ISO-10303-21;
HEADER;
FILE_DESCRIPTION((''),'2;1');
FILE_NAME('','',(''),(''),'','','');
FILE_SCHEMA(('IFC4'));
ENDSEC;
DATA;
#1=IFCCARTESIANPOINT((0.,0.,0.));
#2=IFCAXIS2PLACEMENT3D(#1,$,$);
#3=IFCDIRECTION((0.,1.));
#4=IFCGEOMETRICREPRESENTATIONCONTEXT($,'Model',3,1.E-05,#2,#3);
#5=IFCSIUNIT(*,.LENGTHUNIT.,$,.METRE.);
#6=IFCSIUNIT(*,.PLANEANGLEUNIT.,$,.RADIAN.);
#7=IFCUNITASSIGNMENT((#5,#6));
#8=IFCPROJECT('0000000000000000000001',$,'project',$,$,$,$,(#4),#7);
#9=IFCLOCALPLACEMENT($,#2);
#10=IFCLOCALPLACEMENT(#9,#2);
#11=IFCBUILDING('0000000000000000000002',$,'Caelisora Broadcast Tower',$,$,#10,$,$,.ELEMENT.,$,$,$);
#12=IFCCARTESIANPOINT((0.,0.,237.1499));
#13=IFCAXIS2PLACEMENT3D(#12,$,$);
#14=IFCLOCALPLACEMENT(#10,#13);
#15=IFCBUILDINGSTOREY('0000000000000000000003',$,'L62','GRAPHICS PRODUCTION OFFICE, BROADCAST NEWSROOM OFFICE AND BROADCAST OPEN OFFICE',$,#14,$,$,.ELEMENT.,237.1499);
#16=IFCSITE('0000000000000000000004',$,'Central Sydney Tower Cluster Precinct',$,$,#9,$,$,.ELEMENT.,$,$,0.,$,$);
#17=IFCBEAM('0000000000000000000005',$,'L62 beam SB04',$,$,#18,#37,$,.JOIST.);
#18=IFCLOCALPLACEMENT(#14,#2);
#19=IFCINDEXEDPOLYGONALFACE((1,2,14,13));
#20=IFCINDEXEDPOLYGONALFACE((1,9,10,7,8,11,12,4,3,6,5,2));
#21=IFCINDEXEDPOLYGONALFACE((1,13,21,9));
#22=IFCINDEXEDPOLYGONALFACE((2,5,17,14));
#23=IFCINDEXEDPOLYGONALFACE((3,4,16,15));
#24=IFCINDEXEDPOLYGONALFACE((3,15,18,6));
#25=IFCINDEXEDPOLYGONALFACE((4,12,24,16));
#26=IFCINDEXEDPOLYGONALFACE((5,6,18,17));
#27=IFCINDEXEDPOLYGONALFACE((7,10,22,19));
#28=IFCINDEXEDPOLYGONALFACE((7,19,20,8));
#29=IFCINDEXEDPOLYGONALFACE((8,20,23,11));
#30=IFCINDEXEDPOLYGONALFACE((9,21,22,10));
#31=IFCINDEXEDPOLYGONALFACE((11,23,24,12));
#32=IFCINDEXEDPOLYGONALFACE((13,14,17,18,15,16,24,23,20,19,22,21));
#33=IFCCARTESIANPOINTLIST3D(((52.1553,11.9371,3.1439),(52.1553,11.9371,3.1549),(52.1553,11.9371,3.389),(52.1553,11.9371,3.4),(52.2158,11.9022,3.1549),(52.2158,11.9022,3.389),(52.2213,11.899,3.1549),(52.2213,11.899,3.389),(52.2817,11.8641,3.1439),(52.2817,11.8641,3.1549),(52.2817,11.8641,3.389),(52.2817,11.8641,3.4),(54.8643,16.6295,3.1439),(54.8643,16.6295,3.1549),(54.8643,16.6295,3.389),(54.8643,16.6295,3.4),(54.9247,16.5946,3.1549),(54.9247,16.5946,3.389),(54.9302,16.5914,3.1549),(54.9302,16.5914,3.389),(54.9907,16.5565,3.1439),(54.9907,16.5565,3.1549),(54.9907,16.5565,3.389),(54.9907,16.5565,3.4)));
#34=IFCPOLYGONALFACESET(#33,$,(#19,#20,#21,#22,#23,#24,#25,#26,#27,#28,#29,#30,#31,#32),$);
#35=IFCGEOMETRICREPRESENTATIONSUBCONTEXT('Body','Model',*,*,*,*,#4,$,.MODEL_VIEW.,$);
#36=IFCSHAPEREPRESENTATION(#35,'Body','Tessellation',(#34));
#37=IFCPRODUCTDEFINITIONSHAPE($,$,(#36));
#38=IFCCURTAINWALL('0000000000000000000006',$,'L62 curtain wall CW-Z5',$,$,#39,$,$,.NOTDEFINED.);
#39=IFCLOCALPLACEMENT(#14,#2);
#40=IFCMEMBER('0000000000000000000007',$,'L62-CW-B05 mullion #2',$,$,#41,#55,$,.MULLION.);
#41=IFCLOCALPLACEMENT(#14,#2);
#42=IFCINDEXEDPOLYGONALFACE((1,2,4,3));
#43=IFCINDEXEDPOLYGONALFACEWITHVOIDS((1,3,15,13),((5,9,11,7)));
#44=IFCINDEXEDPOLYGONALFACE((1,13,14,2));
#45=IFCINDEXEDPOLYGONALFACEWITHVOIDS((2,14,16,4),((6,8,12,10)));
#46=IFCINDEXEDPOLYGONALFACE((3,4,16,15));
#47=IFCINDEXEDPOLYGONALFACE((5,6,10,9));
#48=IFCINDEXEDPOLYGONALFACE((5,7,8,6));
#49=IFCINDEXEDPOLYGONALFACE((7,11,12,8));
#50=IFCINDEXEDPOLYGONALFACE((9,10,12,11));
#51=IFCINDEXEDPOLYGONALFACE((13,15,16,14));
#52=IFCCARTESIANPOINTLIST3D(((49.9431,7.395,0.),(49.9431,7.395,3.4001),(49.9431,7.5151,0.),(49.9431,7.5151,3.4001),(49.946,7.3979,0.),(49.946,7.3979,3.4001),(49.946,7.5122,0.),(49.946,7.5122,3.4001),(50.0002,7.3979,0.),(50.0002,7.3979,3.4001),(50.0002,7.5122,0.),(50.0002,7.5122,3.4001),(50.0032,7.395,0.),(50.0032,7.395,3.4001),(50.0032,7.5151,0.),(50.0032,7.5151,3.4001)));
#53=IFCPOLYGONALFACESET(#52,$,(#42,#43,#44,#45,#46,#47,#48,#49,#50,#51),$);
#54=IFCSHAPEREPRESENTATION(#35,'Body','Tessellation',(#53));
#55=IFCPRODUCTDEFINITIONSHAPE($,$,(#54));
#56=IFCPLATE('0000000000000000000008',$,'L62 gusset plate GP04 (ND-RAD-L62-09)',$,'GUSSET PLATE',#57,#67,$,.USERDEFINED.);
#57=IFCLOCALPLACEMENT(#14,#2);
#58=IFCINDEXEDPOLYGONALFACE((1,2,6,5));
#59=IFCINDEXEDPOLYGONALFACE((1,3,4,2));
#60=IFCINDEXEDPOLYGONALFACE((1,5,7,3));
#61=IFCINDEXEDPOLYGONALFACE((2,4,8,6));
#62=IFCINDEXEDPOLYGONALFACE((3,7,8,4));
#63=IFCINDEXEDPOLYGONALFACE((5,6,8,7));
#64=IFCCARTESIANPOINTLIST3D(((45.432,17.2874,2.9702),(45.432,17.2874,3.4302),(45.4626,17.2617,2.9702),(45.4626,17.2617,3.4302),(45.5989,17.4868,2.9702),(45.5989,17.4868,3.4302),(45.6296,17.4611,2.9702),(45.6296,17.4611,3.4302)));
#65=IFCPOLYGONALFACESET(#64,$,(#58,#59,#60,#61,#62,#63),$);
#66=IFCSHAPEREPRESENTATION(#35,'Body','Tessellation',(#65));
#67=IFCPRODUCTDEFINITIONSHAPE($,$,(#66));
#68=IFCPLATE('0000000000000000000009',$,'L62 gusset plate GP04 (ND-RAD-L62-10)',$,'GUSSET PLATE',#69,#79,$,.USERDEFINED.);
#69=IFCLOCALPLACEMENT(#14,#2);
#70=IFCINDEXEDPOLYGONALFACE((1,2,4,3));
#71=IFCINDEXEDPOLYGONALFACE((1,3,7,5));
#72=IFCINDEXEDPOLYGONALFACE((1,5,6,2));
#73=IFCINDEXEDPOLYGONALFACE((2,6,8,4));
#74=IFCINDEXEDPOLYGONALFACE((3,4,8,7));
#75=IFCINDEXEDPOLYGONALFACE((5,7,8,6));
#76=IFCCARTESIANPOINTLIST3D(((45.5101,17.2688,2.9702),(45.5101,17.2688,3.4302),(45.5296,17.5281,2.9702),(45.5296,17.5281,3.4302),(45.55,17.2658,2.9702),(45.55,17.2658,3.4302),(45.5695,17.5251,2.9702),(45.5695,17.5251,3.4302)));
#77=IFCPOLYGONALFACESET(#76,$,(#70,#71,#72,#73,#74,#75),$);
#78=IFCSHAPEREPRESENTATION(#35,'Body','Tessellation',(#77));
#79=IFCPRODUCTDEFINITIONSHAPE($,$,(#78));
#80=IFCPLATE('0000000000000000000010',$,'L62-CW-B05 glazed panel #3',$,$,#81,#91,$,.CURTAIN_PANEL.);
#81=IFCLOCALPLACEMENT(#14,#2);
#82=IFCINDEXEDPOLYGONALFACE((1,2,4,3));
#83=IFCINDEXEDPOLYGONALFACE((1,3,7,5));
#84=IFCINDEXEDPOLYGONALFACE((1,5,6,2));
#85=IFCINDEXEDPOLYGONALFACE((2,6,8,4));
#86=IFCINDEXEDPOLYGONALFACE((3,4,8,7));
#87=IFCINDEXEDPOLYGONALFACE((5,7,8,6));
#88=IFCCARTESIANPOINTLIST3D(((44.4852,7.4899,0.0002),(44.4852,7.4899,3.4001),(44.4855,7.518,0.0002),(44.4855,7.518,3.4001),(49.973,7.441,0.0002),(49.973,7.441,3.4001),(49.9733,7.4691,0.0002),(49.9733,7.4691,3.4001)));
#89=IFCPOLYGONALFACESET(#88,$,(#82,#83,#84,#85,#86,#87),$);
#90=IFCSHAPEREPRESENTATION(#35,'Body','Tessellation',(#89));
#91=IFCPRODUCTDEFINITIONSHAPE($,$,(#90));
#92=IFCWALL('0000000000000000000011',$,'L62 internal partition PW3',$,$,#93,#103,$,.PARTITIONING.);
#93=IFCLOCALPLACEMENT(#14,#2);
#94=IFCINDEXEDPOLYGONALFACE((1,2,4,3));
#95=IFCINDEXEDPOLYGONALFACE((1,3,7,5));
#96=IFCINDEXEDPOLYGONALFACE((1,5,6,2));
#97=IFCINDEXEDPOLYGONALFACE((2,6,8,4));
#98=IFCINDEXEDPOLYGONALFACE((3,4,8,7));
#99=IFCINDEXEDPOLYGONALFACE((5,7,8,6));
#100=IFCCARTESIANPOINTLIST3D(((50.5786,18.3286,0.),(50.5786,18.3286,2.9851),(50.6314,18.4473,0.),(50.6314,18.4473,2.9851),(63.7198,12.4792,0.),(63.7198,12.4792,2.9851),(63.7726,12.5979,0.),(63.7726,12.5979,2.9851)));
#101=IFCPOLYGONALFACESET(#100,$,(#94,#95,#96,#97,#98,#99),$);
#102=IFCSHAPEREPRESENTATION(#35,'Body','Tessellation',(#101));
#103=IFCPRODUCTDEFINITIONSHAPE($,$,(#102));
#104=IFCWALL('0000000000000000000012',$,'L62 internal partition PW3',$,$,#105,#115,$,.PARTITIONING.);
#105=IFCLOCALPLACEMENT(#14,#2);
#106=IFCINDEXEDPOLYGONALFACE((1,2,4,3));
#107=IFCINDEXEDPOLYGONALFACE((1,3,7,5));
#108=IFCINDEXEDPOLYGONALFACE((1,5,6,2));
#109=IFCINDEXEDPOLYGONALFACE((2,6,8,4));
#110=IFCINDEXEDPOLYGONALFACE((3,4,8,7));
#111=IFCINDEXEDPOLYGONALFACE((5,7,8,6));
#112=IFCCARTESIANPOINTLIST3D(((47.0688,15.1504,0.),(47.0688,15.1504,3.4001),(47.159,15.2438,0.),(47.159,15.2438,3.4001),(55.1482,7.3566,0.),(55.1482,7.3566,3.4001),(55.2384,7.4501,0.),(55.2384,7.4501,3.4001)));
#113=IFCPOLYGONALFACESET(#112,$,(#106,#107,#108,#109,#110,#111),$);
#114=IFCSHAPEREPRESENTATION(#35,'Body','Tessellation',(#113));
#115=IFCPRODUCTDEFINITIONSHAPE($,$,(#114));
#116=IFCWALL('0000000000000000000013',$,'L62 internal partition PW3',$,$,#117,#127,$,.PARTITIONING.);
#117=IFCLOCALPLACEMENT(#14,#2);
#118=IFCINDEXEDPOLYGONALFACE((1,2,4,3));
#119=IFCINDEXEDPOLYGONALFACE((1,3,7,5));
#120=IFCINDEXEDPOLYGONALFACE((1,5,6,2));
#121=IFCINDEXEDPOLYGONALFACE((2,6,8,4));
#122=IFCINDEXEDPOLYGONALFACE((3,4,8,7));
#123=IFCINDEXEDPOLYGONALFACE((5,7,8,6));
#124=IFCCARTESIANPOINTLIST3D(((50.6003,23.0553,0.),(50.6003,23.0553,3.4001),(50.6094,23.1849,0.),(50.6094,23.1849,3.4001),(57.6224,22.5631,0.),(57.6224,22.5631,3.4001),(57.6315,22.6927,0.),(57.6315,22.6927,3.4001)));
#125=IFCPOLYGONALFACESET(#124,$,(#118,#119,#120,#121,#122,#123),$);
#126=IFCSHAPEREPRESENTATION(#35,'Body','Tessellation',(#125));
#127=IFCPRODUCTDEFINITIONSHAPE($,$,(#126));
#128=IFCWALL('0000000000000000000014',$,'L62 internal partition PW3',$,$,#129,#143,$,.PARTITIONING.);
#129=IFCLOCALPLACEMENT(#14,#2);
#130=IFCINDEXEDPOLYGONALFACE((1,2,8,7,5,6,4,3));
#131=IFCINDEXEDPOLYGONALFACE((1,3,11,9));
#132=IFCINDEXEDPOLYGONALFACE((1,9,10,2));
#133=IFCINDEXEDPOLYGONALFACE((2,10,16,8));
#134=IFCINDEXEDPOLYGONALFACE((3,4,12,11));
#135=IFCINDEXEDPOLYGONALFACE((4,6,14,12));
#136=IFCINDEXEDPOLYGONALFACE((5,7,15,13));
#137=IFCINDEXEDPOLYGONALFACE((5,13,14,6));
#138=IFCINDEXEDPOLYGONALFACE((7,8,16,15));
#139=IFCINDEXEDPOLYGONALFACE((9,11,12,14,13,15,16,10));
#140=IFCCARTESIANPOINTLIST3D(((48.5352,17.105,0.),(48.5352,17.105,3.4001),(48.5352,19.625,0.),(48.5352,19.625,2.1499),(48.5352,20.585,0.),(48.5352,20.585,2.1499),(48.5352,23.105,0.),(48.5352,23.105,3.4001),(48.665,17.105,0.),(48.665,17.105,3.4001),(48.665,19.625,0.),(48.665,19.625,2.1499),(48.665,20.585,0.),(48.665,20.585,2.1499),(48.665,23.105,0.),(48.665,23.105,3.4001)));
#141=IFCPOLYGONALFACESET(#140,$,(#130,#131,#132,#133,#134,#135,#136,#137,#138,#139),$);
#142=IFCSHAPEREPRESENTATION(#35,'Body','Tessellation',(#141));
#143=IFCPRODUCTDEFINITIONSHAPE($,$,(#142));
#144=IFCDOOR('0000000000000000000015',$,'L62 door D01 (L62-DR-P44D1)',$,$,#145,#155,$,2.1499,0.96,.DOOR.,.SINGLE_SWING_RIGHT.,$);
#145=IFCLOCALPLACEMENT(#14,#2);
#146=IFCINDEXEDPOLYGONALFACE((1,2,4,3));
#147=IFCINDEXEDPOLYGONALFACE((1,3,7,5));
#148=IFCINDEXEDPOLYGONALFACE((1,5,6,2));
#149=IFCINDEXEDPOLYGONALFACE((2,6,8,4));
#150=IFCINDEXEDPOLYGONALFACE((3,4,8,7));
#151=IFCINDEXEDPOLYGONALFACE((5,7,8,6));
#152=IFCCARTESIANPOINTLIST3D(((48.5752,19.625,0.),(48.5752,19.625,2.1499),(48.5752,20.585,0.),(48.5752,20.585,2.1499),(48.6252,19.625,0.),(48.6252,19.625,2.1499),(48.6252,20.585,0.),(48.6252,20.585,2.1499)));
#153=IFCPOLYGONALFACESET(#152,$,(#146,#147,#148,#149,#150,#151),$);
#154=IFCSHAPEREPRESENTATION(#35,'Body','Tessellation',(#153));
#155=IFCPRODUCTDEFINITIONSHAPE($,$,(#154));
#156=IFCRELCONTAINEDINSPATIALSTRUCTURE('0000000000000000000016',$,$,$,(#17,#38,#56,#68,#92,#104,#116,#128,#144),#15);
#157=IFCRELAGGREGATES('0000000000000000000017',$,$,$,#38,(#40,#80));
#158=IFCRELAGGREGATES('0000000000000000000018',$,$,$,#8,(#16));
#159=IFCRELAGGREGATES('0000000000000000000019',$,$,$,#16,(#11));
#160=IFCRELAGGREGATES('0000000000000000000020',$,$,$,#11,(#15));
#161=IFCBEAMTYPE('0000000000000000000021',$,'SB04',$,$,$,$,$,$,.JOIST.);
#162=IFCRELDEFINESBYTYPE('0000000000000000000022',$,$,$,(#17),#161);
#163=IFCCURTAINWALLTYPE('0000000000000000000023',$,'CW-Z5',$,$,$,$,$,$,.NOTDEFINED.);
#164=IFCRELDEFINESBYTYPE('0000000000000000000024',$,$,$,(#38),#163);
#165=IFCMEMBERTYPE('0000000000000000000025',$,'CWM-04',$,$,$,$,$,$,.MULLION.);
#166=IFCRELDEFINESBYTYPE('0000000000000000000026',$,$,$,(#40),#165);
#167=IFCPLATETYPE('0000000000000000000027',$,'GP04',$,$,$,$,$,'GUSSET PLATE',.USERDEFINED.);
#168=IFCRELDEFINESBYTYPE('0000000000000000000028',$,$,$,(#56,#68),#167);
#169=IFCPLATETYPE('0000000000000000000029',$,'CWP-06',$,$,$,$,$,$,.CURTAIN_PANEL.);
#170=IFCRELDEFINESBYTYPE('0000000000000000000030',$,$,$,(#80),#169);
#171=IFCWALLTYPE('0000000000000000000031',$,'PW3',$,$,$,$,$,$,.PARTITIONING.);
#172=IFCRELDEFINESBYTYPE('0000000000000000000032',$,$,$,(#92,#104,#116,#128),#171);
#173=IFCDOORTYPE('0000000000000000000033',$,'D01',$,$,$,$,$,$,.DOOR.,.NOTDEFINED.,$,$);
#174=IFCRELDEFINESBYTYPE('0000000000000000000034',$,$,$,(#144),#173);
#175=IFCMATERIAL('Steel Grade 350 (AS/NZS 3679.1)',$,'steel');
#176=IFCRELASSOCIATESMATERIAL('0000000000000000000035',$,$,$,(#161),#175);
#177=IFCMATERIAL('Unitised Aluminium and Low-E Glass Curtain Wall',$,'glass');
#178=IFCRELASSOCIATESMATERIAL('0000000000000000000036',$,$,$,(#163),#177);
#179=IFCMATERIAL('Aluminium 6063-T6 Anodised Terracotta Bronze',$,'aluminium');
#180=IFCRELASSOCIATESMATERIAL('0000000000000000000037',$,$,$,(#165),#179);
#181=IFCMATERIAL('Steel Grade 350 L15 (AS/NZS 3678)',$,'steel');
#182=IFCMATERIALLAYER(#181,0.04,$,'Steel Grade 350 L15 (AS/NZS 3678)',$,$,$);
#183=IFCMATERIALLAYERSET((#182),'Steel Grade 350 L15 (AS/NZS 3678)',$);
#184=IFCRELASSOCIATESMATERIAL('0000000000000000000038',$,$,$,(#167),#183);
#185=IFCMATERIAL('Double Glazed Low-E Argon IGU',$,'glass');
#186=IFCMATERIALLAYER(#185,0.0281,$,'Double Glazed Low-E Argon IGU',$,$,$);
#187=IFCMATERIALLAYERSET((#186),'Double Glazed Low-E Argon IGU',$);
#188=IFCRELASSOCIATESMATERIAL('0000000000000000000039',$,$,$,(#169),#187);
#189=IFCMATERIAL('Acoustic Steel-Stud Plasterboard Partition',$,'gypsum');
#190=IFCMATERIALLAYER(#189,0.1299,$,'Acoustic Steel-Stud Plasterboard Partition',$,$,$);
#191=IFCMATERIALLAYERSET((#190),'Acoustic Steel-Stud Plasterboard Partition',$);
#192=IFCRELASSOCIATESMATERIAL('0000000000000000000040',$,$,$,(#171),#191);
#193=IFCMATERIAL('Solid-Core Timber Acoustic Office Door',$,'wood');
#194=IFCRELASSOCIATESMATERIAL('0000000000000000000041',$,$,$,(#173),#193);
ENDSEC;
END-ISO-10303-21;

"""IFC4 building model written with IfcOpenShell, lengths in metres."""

from ifc_helpers import new_model, si_unit, direction, frame, frame_2d, origin, origin_2d, place, context, subcontext, project, spatial, rectangle, hollow_rectangle, i_section, extrude, source, transform, mapped, material, layer, layer_set, material_profile, profile_set, type_object, type_shapes, element, fill, aggregate, save


model = new_model("IFC4")

# Units and contexts
model_context = context("Model", 3, precision=1e-05, world=origin(), true_north=direction((0.0, 1.0)))
body_context = subcontext(model_context, "Body", "Model", "MODEL_VIEW")
ifc_project = project(units=[si_unit("LENGTHUNIT", "METRE"), si_unit("PLANEANGLEUNIT", "RADIAN")], contexts=[model_context])

# Site, building, storey
site_placement = place(None, origin())
site = spatial("IfcSite", under=ifc_project, at=site_placement, Name="Central Sydney Tower Cluster Precinct", CompositionType="ELEMENT", RefElevation=0.0)
building_placement = place(site_placement, origin())
building = spatial("IfcBuilding", under=site, at=building_placement, Name="Caelisora Broadcast Tower", CompositionType="ELEMENT")
storey_placement = place(building_placement, frame((0.0, 0.0, 237.1499)))
storey = spatial("IfcBuildingStorey", under=building, at=storey_placement, Name="L62", Description="GRAPHICS PRODUCTION OFFICE, BROADCAST NEWSROOM OFFICE AND BROADCAST OPEN OFFICE", CompositionType="ELEMENT", Elevation=237.1499)

# Shared definitions
ifc_material_1 = material(Name="Steel Grade 350 (AS/NZS 3679.1)", Category="steel")

# Beam
ifc_material_profile_1 = material_profile(ifc_material_1, i_section(OverallWidth=0.146, OverallDepth=0.2561, WebThickness=0.0063, FlangeThickness=0.011, at=origin_2d()), Name="Steel Grade 350 (AS/NZS 3679.1)")
ifc_profile_set_1 = profile_set([ifc_material_profile_1], Name="Steel Grade 350 (AS/NZS 3679.1)")
beam_type_1 = type_object("IfcBeamType", Name="SB04", PredefinedType="JOIST", material=ifc_profile_set_1)
shared_shape_1 = source(origin(), body_context, "Body", "SweptSolid", [
    extrude(i_section(OverallWidth=0.146, OverallDepth=0.2561, WebThickness=0.0063, FlangeThickness=0.011, at=origin_2d()), origin(), (0.0, 0.0, 1.0), 5.4182),
])
beam_1_placement = place(storey_placement, frame((52.2185, 11.9006, 3.272), z_axis=(0.499977, 0.866039, 0.0), x_axis=(-0.866039, 0.499977, 0.0)))
element("IfcBeam", 1, at=beam_1_placement, inside=storey, type_object=beam_type_1, Name="L62 beam SB04", PredefinedType="JOIST", context=body_context, shape_type="MappedRepresentation", body=[
    mapped(shared_shape_1, transform((0.0, 0.0, 0.0), scale=1.0)),
])

# Curtain wall, member
ifc_material_2 = material(Name="Unitised Aluminium and Low-E Glass Curtain Wall", Category="glass")
curtain_wall_type = type_object("IfcCurtainWallType", Name="CW-Z5", PredefinedType="NOTDEFINED", material=ifc_material_2)
curtain_wall_placement = place(storey_placement, origin())
curtain_wall = element("IfcCurtainWall", 2, at=curtain_wall_placement, inside=storey, type_object=curtain_wall_type, Name="L62 curtain wall CW-Z5", PredefinedType="NOTDEFINED")
ifc_material_3 = material(Name="Aluminium 6063-T6 Anodised Terracotta Bronze", Category="aluminium")
ifc_material_profile_2 = material_profile(ifc_material_3, hollow_rectangle(XDim=0.0601, YDim=0.1201, WallThickness=0.0029, at=origin_2d()), Name="Aluminium 6063-T6 Anodised Terracotta Bronze")
ifc_profile_set_2 = profile_set([ifc_material_profile_2], Name="Aluminium 6063-T6 Anodised Terracotta Bronze")
member_type = type_object("IfcMemberType", Name="CWM-04", PredefinedType="MULLION", material=ifc_profile_set_2)
shared_shape_2 = source(origin(), body_context, "Body", "SweptSolid", [
    extrude(hollow_rectangle(XDim=0.0601, YDim=0.1201, WallThickness=0.0029, at=origin_2d()), origin(), (0.0, 0.0, 1.0), 3.4001),
])
type_shapes(member_type, [shared_shape_2])
member_placement = place(storey_placement, frame((49.9731, 7.4551, 0.0), z_axis=(0.0, 0.0, 1.0), x_axis=(1.0, 0.0, 0.0)))
member = element("IfcMember", 3, at=member_placement, type_object=member_type, Name="L62-CW-B05 mullion #2", PredefinedType="MULLION", context=body_context, shape_type="MappedRepresentation", body=[
    mapped(shared_shape_2, transform((0.0, 0.0, 0.0), scale=1.0)),
])

# Plates
ifc_material_4 = material(Name="Steel Grade 350 L15 (AS/NZS 3678)", Category="steel")
ifc_layer_1 = layer(ifc_material_4, 0.04, Name="Steel Grade 350 L15 (AS/NZS 3678)")
ifc_layer_set_1 = layer_set([ifc_layer_1], Name="Steel Grade 350 L15 (AS/NZS 3678)")
plate_type_1 = type_object("IfcPlateType", Name="GP04", ElementType="GUSSET PLATE", PredefinedType="USERDEFINED", material=ifc_layer_set_1)
shared_shape_3 = source(origin(), body_context, "Body", "SweptSolid", [
    extrude(rectangle(XDim=0.26, YDim=0.04, at=origin_2d()), origin(), (0.0, 0.0, 1.0), 0.46),
])
type_shapes(plate_type_1, [shared_shape_3])
for number, where, z_axis, x_axis, name in (
    (4, (45.5308, 17.3743, 2.9702), (0.0, 0.0, 1.0), (0.641985, 0.766717, 0.0), "L62 gusset plate GP04 (ND-RAD-L62-09)"),
    (5, (45.5398, 17.397, 2.9702), (0.0, 0.0, 1.0), (0.074979, 0.997185, 0.0), "L62 gusset plate GP04 (ND-RAD-L62-10)"),
):
    element("IfcPlate", number, at=place(storey_placement, frame(where, z_axis=z_axis, x_axis=x_axis)), inside=storey, type_object=plate_type_1, Name=name, ObjectType="GUSSET PLATE", PredefinedType="USERDEFINED", context=body_context, shape_type="MappedRepresentation", body=[
        mapped(shared_shape_3, transform((0.0, 0.0, 0.0), scale=1.0)),
    ])

# Plate
ifc_material_5 = material(Name="Double Glazed Low-E Argon IGU", Category="glass")
ifc_layer_2 = layer(ifc_material_5, 0.0281, Name="Double Glazed Low-E Argon IGU")
ifc_layer_set_2 = layer_set([ifc_layer_2], Name="Double Glazed Low-E Argon IGU")
plate_type_2 = type_object("IfcPlateType", Name="CWP-06", PredefinedType="CURTAIN_PANEL", material=ifc_layer_set_2)
shared_shape_4 = source(origin(), body_context, "Body", "SweptSolid", [
    extrude(rectangle(XDim=5.488, YDim=0.0281, at=origin_2d()), origin(), (0.0, 0.0, 1.0), 3.3999),
])
type_shapes(plate_type_2, [shared_shape_4])
plate_placement = place(storey_placement, frame((47.2292, 7.4795, 0.0002), z_axis=(0.0, 0.0, 1.0), x_axis=(-0.99996, 0.008901, 0.0)))
plate = element("IfcPlate", 6, at=plate_placement, type_object=plate_type_2, Name="L62-CW-B05 glazed panel #3", PredefinedType="CURTAIN_PANEL", context=body_context, shape_type="MappedRepresentation", body=[
    mapped(shared_shape_4, transform((0.0, 0.0, 0.0), scale=1.0)),
])
aggregate(curtain_wall, [member, plate])

# Walls
ifc_material_6 = material(Name="Acoustic Steel-Stud Plasterboard Partition", Category="gypsum")
ifc_layer_3 = layer(ifc_material_6, 0.1299, Name="Acoustic Steel-Stud Plasterboard Partition")
ifc_layer_set_3 = layer_set([ifc_layer_3], Name="Acoustic Steel-Stud Plasterboard Partition")
wall_type = type_object("IfcWallType", Name="PW3", PredefinedType="PARTITIONING", material=ifc_layer_set_3)
wall_1_placement = place(storey_placement, frame((50.605, 18.3879, 0.0), z_axis=(0.0, 0.0, 1.0), x_axis=(0.913583, -0.406653, 0.0)))
element("IfcWall", 7, at=wall_1_placement, inside=storey, type_object=wall_type, Name="L62 internal partition PW3", PredefinedType="PARTITIONING", context=body_context, shape_type="SweptSolid", body=[
    extrude(rectangle(XDim=14.3843, YDim=0.1299, at=frame_2d((7.1921, 0.0))), origin(), (0.0, 0.0, 1.0), 2.9851),
])
wall_2_placement = place(storey_placement, frame((47.114, 15.197, 0.0), z_axis=(0.0, 0.0, 1.0), x_axis=(0.719715, -0.69427, 0.0)))
element("IfcWall", 8, at=wall_2_placement, inside=storey, type_object=wall_type, Name="L62 internal partition PW3", PredefinedType="PARTITIONING", context=body_context, shape_type="SweptSolid", body=[
    extrude(rectangle(XDim=11.2258, YDim=0.1299, at=frame_2d((5.6128, 0.0))), origin(), (0.0, 0.0, 1.0), 3.4001),
])
wall_3_placement = place(storey_placement, frame((50.605, 23.1201, 0.0), z_axis=(0.0, 0.0, 1.0), x_axis=(0.997553, -0.069921, 0.0)))
element("IfcWall", 9, at=wall_3_placement, inside=storey, type_object=wall_type, Name="L62 internal partition PW3", PredefinedType="PARTITIONING", context=body_context, shape_type="SweptSolid", body=[
    extrude(rectangle(XDim=7.0393, YDim=0.1299, at=frame_2d((3.5195, 0.0))), origin(), (0.0, 0.0, 1.0), 3.4001),
])

# Wall, opening, door
wall_4_placement = place(storey_placement, frame((48.6001, 17.105, 0.0), z_axis=(0.0, 0.0, 1.0), x_axis=(0.0, 1.0, 0.0)))
wall_4 = element("IfcWall", 10, at=wall_4_placement, inside=storey, type_object=wall_type, Name="L62 internal partition PW3", PredefinedType="PARTITIONING", context=body_context, shape_type="SweptSolid", body=[
    extrude(rectangle(XDim=6.0, YDim=0.1299, at=frame_2d((3.0, 0.0))), origin(), (0.0, 0.0, 1.0), 3.4001),
])
opening_1_placement = place(wall_4_placement, frame((2.52, 0.0, 0.0)))
opening_1 = element("IfcOpeningElement", 11, at=opening_1_placement, cuts=wall_4, PredefinedType="OPENING", context=body_context, shape_type="SweptSolid", body=[
    extrude(rectangle(XDim=0.96, YDim=2.1499, at=frame_2d((0.48, 1.075))), frame((0.0, 0.0769, 0.0), z_axis=(0.0, -1.0, 0.0), x_axis=(1.0, 0.0, 0.0)), (0.0, 0.0, 1.0), 0.1538),
])
ifc_material_7 = material(Name="Solid-Core Timber Acoustic Office Door", Category="wood")
door_type = type_object("IfcDoorType", Name="D01", OperationType="NOTDEFINED", PredefinedType="DOOR", material=ifc_material_7)
door_1_placement = place(opening_1_placement, origin())
door_1 = element("IfcDoor", 12, at=door_1_placement, inside=storey, type_object=door_type, Name="L62 door D01 (L62-DR-P44D1)", OperationType="SINGLE_SWING_RIGHT", OverallHeight=2.1499, OverallWidth=0.96, PredefinedType="DOOR", context=body_context, shape_type="SweptSolid", body=[
    extrude(rectangle(XDim=0.96, YDim=2.1499, at=frame_2d((0.48, 1.075))), frame((0.0, 0.0249, 0.0), z_axis=(0.0, -1.0, 0.0), x_axis=(1.0, 0.0, 0.0)), (0.0, 0.0, 1.0), 0.05),
])
fill(opening_1, door_1)

save(model, "model.ifc")
